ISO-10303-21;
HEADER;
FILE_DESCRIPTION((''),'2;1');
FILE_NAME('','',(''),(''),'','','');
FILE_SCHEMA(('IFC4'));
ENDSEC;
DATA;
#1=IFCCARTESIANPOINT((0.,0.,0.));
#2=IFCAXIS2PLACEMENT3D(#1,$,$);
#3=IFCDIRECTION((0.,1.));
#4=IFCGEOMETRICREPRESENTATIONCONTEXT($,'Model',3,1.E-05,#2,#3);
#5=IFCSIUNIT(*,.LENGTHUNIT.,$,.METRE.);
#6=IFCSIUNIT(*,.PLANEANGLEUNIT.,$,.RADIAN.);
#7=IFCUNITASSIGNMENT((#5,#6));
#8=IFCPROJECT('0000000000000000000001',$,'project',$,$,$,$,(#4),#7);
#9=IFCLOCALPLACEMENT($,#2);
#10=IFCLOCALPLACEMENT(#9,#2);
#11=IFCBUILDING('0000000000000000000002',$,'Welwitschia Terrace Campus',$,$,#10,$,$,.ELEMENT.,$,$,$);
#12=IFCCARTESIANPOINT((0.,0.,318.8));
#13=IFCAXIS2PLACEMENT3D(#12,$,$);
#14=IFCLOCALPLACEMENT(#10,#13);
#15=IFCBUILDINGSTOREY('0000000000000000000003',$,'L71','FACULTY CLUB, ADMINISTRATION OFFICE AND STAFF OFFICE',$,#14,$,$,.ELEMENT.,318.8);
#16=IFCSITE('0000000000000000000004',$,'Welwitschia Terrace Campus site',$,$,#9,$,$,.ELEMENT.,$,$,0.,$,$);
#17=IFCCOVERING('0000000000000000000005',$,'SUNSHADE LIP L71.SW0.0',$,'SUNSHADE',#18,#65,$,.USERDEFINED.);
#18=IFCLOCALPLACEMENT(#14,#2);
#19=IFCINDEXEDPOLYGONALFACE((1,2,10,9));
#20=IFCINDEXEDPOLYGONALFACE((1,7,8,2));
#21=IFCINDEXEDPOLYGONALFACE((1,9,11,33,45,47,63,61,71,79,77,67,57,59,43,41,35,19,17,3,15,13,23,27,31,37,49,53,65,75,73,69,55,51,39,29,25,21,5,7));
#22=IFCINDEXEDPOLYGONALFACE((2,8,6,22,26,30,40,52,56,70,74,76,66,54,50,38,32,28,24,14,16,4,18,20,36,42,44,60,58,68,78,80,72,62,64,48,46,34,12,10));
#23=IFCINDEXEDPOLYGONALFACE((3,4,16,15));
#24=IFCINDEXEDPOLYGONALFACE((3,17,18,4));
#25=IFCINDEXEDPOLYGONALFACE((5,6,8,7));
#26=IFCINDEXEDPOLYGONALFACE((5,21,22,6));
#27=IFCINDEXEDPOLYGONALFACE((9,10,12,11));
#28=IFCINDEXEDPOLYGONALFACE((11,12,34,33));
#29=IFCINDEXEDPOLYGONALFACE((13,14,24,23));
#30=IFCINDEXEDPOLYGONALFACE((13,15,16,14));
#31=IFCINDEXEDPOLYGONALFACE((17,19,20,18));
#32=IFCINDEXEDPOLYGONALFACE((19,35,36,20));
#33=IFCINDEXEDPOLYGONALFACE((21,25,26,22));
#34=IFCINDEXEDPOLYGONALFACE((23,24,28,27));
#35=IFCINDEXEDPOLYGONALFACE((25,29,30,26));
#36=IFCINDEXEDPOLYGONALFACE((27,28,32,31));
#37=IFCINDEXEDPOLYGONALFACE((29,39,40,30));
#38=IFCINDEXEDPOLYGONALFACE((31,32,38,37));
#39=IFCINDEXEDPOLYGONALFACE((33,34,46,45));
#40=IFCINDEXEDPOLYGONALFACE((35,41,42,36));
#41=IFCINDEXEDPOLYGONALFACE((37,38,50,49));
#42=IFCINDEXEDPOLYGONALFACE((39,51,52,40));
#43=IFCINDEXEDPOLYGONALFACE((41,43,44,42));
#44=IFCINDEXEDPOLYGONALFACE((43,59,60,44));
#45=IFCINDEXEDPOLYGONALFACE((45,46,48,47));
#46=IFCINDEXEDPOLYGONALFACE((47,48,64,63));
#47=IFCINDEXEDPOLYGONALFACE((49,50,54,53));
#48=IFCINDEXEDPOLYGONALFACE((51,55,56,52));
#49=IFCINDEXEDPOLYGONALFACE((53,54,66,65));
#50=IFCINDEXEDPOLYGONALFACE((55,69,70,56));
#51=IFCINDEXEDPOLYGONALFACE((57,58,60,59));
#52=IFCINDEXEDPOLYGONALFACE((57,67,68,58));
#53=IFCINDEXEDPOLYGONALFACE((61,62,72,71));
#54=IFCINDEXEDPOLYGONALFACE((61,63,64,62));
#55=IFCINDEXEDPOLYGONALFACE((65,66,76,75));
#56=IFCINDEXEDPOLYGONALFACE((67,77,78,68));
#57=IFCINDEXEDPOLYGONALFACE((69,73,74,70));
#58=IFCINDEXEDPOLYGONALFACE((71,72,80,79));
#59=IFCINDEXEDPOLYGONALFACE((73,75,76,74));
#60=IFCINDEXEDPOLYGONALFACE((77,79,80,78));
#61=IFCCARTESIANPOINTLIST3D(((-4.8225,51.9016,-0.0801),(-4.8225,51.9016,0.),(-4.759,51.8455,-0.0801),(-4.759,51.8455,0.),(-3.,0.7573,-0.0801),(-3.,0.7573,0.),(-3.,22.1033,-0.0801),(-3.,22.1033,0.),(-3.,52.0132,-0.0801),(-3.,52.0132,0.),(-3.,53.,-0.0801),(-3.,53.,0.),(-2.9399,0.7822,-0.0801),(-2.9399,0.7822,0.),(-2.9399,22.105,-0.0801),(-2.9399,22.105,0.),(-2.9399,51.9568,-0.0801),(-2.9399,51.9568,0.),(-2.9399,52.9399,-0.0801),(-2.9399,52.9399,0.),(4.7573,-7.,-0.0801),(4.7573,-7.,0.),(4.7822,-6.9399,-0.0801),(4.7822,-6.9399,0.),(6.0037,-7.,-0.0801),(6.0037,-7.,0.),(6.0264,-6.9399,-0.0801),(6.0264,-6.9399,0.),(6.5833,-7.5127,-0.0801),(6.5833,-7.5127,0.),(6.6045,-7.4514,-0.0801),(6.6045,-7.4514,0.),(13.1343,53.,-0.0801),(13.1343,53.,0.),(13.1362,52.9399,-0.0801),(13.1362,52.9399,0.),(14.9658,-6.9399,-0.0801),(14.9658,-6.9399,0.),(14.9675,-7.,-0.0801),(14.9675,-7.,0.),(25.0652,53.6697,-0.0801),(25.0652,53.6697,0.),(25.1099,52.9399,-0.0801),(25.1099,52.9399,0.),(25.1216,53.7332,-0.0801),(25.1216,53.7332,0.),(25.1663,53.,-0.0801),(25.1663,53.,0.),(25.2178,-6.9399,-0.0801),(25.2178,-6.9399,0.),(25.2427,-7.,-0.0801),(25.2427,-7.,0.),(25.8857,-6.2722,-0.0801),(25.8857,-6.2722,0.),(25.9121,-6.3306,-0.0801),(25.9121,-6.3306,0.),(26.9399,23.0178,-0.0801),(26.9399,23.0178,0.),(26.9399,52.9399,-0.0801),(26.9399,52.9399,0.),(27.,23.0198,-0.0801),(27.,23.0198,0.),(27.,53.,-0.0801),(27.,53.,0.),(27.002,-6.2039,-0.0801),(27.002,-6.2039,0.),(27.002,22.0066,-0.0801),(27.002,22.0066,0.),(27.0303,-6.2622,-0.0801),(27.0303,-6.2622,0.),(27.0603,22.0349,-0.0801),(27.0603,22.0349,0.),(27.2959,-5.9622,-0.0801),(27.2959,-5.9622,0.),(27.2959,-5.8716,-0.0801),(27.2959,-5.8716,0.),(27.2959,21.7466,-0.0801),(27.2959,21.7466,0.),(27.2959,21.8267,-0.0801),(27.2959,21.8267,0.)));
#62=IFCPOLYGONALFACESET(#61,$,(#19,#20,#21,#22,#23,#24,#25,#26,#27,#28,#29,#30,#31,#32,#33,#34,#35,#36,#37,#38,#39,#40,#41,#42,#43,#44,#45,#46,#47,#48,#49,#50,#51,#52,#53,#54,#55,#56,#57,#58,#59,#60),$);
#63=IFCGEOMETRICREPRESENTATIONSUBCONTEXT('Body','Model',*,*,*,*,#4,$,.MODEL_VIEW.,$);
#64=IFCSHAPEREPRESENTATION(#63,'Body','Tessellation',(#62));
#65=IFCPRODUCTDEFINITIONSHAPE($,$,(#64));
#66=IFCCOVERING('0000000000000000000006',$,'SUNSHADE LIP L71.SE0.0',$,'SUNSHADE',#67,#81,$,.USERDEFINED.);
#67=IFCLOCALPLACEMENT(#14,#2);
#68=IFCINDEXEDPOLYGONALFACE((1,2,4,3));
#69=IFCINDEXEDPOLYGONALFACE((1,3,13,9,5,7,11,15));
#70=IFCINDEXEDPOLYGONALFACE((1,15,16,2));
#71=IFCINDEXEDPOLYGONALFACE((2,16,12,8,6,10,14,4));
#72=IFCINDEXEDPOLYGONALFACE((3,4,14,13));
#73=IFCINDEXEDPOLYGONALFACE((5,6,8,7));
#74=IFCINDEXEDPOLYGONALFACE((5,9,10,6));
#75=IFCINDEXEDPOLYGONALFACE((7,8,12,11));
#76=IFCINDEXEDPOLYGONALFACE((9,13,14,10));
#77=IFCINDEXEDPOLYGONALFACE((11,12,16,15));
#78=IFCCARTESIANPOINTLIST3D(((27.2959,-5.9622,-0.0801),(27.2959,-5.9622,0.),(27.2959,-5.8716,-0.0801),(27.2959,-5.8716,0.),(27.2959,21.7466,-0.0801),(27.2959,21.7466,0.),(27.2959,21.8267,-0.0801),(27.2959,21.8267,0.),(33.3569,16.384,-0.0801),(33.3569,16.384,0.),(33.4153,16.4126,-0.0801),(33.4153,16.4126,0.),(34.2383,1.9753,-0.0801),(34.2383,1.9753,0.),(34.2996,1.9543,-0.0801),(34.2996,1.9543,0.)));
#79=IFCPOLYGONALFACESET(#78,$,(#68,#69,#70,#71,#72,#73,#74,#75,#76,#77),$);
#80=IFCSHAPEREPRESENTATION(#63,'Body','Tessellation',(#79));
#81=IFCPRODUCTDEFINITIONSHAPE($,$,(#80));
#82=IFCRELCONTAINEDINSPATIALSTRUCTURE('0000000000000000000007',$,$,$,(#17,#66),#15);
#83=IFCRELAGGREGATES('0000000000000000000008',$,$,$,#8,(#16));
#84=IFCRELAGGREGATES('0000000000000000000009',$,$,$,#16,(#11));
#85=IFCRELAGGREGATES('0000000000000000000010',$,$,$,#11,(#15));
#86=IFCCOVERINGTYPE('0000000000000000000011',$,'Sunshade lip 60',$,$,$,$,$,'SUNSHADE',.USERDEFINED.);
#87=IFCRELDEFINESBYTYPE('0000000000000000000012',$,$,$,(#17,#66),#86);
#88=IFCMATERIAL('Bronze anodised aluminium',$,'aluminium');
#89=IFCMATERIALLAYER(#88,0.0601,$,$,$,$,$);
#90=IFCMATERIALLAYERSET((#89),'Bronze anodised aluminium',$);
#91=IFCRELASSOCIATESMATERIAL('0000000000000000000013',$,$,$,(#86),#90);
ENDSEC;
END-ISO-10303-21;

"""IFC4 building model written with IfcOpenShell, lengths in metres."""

from ifc_helpers import new_model, si_unit, direction, frame, origin, place, context, subcontext, project, spatial, polyline, outline, extrude, material, layer, layer_set, type_object, element, save


model = new_model("IFC4")

# Units and contexts
model_context = context("Model", 3, precision=1e-05, world=origin(), true_north=direction((0.0, 1.0)))
body_context = subcontext(model_context, "Body", "Model", "MODEL_VIEW")
ifc_project = project(units=[si_unit("LENGTHUNIT", "METRE"), si_unit("PLANEANGLEUNIT", "RADIAN")], contexts=[model_context])

# Site, building, storey
site_placement = place(None, origin())
site = spatial("IfcSite", under=ifc_project, at=site_placement, Name="Welwitschia Terrace Campus site", CompositionType="ELEMENT", RefElevation=0.0)
building_placement = place(site_placement, origin())
building = spatial("IfcBuilding", under=site, at=building_placement, Name="Welwitschia Terrace Campus", CompositionType="ELEMENT")
storey_placement = place(building_placement, frame((0.0, 0.0, 318.8)))
storey = spatial("IfcBuildingStorey", under=building, at=storey_placement, Name="L71", Description="FACULTY CLUB, ADMINISTRATION OFFICE AND STAFF OFFICE", CompositionType="ELEMENT", Elevation=318.8)

# Coverings
ifc_material_1 = material(Name="Bronze anodised aluminium", Category="aluminium")
ifc_layer_1 = layer(ifc_material_1, 0.0601)
ifc_layer_set_1 = layer_set([ifc_layer_1], Name="Bronze anodised aluminium")
covering_type_1 = type_object("IfcCoveringType", Name="Sunshade lip 60", ElementType="SUNSHADE", PredefinedType="USERDEFINED", material=ifc_layer_set_1)
covering_1_placement = place(storey_placement, frame((0.0, 0.0, -0.0801)))
element("IfcCovering", 1, at=covering_1_placement, inside=storey, type_object=covering_type_1, Name="SUNSHADE LIP L71.SW0.0", ObjectType="SUNSHADE", PredefinedType="USERDEFINED", context=body_context, shape_type="SweptSolid", body=[
    extrude(outline(polyline([(-3.0, 53.0), (13.1343, 53.0), (25.1216, 53.7332), (25.1663, 53.0), (27.0, 53.0), (27.0, 23.0198), (27.0603, 22.0349), (27.2959, 21.8267), (27.2959, 21.7466), (27.002, 22.0066), (26.9399, 23.0178), (26.9399, 52.9399), (25.1099, 52.9399), (25.0652, 53.6697), (13.1362, 52.9399), (-2.9399, 52.9399), (-2.9399, 51.9568), (-4.759, 51.8455), (-2.9399, 22.105), (-2.9399, 0.7822), (4.7822, -6.9399), (6.0264, -6.9399), (6.6045, -7.4514), (14.9658, -6.9399), (25.2178, -6.9399), (25.8857, -6.2722), (27.002, -6.2039), (27.2959, -5.8716), (27.2959, -5.9622), (27.0303, -6.2622), (25.9121, -6.3306), (25.2427, -7.0), (14.9675, -7.0), (6.5833, -7.5127), (6.0037, -7.0), (4.7573, -7.0), (-3.0, 0.7573), (-3.0, 22.1033), (-4.8225, 51.9016), (-3.0, 52.0132), (-3.0, 53.0)])), origin(), (0.0, 0.0, 1.0), 0.0801),
])
covering_2_placement = place(storey_placement, frame((0.0, 0.0, -0.0801)))
element("IfcCovering", 2, at=covering_2_placement, inside=storey, type_object=covering_type_1, Name="SUNSHADE LIP L71.SE0.0", ObjectType="SUNSHADE", PredefinedType="USERDEFINED", context=body_context, shape_type="SweptSolid", body=[
    extrude(outline(polyline([(34.2996, 1.9543), (27.2959, -5.9622), (27.2959, -5.8716), (34.2383, 1.9753), (33.3569, 16.384), (27.2959, 21.7466), (27.2959, 21.8267), (33.4153, 16.4126), (34.2996, 1.9543)])), origin(), (0.0, 0.0, 1.0), 0.0801),
])

save(model, "model.ifc")
